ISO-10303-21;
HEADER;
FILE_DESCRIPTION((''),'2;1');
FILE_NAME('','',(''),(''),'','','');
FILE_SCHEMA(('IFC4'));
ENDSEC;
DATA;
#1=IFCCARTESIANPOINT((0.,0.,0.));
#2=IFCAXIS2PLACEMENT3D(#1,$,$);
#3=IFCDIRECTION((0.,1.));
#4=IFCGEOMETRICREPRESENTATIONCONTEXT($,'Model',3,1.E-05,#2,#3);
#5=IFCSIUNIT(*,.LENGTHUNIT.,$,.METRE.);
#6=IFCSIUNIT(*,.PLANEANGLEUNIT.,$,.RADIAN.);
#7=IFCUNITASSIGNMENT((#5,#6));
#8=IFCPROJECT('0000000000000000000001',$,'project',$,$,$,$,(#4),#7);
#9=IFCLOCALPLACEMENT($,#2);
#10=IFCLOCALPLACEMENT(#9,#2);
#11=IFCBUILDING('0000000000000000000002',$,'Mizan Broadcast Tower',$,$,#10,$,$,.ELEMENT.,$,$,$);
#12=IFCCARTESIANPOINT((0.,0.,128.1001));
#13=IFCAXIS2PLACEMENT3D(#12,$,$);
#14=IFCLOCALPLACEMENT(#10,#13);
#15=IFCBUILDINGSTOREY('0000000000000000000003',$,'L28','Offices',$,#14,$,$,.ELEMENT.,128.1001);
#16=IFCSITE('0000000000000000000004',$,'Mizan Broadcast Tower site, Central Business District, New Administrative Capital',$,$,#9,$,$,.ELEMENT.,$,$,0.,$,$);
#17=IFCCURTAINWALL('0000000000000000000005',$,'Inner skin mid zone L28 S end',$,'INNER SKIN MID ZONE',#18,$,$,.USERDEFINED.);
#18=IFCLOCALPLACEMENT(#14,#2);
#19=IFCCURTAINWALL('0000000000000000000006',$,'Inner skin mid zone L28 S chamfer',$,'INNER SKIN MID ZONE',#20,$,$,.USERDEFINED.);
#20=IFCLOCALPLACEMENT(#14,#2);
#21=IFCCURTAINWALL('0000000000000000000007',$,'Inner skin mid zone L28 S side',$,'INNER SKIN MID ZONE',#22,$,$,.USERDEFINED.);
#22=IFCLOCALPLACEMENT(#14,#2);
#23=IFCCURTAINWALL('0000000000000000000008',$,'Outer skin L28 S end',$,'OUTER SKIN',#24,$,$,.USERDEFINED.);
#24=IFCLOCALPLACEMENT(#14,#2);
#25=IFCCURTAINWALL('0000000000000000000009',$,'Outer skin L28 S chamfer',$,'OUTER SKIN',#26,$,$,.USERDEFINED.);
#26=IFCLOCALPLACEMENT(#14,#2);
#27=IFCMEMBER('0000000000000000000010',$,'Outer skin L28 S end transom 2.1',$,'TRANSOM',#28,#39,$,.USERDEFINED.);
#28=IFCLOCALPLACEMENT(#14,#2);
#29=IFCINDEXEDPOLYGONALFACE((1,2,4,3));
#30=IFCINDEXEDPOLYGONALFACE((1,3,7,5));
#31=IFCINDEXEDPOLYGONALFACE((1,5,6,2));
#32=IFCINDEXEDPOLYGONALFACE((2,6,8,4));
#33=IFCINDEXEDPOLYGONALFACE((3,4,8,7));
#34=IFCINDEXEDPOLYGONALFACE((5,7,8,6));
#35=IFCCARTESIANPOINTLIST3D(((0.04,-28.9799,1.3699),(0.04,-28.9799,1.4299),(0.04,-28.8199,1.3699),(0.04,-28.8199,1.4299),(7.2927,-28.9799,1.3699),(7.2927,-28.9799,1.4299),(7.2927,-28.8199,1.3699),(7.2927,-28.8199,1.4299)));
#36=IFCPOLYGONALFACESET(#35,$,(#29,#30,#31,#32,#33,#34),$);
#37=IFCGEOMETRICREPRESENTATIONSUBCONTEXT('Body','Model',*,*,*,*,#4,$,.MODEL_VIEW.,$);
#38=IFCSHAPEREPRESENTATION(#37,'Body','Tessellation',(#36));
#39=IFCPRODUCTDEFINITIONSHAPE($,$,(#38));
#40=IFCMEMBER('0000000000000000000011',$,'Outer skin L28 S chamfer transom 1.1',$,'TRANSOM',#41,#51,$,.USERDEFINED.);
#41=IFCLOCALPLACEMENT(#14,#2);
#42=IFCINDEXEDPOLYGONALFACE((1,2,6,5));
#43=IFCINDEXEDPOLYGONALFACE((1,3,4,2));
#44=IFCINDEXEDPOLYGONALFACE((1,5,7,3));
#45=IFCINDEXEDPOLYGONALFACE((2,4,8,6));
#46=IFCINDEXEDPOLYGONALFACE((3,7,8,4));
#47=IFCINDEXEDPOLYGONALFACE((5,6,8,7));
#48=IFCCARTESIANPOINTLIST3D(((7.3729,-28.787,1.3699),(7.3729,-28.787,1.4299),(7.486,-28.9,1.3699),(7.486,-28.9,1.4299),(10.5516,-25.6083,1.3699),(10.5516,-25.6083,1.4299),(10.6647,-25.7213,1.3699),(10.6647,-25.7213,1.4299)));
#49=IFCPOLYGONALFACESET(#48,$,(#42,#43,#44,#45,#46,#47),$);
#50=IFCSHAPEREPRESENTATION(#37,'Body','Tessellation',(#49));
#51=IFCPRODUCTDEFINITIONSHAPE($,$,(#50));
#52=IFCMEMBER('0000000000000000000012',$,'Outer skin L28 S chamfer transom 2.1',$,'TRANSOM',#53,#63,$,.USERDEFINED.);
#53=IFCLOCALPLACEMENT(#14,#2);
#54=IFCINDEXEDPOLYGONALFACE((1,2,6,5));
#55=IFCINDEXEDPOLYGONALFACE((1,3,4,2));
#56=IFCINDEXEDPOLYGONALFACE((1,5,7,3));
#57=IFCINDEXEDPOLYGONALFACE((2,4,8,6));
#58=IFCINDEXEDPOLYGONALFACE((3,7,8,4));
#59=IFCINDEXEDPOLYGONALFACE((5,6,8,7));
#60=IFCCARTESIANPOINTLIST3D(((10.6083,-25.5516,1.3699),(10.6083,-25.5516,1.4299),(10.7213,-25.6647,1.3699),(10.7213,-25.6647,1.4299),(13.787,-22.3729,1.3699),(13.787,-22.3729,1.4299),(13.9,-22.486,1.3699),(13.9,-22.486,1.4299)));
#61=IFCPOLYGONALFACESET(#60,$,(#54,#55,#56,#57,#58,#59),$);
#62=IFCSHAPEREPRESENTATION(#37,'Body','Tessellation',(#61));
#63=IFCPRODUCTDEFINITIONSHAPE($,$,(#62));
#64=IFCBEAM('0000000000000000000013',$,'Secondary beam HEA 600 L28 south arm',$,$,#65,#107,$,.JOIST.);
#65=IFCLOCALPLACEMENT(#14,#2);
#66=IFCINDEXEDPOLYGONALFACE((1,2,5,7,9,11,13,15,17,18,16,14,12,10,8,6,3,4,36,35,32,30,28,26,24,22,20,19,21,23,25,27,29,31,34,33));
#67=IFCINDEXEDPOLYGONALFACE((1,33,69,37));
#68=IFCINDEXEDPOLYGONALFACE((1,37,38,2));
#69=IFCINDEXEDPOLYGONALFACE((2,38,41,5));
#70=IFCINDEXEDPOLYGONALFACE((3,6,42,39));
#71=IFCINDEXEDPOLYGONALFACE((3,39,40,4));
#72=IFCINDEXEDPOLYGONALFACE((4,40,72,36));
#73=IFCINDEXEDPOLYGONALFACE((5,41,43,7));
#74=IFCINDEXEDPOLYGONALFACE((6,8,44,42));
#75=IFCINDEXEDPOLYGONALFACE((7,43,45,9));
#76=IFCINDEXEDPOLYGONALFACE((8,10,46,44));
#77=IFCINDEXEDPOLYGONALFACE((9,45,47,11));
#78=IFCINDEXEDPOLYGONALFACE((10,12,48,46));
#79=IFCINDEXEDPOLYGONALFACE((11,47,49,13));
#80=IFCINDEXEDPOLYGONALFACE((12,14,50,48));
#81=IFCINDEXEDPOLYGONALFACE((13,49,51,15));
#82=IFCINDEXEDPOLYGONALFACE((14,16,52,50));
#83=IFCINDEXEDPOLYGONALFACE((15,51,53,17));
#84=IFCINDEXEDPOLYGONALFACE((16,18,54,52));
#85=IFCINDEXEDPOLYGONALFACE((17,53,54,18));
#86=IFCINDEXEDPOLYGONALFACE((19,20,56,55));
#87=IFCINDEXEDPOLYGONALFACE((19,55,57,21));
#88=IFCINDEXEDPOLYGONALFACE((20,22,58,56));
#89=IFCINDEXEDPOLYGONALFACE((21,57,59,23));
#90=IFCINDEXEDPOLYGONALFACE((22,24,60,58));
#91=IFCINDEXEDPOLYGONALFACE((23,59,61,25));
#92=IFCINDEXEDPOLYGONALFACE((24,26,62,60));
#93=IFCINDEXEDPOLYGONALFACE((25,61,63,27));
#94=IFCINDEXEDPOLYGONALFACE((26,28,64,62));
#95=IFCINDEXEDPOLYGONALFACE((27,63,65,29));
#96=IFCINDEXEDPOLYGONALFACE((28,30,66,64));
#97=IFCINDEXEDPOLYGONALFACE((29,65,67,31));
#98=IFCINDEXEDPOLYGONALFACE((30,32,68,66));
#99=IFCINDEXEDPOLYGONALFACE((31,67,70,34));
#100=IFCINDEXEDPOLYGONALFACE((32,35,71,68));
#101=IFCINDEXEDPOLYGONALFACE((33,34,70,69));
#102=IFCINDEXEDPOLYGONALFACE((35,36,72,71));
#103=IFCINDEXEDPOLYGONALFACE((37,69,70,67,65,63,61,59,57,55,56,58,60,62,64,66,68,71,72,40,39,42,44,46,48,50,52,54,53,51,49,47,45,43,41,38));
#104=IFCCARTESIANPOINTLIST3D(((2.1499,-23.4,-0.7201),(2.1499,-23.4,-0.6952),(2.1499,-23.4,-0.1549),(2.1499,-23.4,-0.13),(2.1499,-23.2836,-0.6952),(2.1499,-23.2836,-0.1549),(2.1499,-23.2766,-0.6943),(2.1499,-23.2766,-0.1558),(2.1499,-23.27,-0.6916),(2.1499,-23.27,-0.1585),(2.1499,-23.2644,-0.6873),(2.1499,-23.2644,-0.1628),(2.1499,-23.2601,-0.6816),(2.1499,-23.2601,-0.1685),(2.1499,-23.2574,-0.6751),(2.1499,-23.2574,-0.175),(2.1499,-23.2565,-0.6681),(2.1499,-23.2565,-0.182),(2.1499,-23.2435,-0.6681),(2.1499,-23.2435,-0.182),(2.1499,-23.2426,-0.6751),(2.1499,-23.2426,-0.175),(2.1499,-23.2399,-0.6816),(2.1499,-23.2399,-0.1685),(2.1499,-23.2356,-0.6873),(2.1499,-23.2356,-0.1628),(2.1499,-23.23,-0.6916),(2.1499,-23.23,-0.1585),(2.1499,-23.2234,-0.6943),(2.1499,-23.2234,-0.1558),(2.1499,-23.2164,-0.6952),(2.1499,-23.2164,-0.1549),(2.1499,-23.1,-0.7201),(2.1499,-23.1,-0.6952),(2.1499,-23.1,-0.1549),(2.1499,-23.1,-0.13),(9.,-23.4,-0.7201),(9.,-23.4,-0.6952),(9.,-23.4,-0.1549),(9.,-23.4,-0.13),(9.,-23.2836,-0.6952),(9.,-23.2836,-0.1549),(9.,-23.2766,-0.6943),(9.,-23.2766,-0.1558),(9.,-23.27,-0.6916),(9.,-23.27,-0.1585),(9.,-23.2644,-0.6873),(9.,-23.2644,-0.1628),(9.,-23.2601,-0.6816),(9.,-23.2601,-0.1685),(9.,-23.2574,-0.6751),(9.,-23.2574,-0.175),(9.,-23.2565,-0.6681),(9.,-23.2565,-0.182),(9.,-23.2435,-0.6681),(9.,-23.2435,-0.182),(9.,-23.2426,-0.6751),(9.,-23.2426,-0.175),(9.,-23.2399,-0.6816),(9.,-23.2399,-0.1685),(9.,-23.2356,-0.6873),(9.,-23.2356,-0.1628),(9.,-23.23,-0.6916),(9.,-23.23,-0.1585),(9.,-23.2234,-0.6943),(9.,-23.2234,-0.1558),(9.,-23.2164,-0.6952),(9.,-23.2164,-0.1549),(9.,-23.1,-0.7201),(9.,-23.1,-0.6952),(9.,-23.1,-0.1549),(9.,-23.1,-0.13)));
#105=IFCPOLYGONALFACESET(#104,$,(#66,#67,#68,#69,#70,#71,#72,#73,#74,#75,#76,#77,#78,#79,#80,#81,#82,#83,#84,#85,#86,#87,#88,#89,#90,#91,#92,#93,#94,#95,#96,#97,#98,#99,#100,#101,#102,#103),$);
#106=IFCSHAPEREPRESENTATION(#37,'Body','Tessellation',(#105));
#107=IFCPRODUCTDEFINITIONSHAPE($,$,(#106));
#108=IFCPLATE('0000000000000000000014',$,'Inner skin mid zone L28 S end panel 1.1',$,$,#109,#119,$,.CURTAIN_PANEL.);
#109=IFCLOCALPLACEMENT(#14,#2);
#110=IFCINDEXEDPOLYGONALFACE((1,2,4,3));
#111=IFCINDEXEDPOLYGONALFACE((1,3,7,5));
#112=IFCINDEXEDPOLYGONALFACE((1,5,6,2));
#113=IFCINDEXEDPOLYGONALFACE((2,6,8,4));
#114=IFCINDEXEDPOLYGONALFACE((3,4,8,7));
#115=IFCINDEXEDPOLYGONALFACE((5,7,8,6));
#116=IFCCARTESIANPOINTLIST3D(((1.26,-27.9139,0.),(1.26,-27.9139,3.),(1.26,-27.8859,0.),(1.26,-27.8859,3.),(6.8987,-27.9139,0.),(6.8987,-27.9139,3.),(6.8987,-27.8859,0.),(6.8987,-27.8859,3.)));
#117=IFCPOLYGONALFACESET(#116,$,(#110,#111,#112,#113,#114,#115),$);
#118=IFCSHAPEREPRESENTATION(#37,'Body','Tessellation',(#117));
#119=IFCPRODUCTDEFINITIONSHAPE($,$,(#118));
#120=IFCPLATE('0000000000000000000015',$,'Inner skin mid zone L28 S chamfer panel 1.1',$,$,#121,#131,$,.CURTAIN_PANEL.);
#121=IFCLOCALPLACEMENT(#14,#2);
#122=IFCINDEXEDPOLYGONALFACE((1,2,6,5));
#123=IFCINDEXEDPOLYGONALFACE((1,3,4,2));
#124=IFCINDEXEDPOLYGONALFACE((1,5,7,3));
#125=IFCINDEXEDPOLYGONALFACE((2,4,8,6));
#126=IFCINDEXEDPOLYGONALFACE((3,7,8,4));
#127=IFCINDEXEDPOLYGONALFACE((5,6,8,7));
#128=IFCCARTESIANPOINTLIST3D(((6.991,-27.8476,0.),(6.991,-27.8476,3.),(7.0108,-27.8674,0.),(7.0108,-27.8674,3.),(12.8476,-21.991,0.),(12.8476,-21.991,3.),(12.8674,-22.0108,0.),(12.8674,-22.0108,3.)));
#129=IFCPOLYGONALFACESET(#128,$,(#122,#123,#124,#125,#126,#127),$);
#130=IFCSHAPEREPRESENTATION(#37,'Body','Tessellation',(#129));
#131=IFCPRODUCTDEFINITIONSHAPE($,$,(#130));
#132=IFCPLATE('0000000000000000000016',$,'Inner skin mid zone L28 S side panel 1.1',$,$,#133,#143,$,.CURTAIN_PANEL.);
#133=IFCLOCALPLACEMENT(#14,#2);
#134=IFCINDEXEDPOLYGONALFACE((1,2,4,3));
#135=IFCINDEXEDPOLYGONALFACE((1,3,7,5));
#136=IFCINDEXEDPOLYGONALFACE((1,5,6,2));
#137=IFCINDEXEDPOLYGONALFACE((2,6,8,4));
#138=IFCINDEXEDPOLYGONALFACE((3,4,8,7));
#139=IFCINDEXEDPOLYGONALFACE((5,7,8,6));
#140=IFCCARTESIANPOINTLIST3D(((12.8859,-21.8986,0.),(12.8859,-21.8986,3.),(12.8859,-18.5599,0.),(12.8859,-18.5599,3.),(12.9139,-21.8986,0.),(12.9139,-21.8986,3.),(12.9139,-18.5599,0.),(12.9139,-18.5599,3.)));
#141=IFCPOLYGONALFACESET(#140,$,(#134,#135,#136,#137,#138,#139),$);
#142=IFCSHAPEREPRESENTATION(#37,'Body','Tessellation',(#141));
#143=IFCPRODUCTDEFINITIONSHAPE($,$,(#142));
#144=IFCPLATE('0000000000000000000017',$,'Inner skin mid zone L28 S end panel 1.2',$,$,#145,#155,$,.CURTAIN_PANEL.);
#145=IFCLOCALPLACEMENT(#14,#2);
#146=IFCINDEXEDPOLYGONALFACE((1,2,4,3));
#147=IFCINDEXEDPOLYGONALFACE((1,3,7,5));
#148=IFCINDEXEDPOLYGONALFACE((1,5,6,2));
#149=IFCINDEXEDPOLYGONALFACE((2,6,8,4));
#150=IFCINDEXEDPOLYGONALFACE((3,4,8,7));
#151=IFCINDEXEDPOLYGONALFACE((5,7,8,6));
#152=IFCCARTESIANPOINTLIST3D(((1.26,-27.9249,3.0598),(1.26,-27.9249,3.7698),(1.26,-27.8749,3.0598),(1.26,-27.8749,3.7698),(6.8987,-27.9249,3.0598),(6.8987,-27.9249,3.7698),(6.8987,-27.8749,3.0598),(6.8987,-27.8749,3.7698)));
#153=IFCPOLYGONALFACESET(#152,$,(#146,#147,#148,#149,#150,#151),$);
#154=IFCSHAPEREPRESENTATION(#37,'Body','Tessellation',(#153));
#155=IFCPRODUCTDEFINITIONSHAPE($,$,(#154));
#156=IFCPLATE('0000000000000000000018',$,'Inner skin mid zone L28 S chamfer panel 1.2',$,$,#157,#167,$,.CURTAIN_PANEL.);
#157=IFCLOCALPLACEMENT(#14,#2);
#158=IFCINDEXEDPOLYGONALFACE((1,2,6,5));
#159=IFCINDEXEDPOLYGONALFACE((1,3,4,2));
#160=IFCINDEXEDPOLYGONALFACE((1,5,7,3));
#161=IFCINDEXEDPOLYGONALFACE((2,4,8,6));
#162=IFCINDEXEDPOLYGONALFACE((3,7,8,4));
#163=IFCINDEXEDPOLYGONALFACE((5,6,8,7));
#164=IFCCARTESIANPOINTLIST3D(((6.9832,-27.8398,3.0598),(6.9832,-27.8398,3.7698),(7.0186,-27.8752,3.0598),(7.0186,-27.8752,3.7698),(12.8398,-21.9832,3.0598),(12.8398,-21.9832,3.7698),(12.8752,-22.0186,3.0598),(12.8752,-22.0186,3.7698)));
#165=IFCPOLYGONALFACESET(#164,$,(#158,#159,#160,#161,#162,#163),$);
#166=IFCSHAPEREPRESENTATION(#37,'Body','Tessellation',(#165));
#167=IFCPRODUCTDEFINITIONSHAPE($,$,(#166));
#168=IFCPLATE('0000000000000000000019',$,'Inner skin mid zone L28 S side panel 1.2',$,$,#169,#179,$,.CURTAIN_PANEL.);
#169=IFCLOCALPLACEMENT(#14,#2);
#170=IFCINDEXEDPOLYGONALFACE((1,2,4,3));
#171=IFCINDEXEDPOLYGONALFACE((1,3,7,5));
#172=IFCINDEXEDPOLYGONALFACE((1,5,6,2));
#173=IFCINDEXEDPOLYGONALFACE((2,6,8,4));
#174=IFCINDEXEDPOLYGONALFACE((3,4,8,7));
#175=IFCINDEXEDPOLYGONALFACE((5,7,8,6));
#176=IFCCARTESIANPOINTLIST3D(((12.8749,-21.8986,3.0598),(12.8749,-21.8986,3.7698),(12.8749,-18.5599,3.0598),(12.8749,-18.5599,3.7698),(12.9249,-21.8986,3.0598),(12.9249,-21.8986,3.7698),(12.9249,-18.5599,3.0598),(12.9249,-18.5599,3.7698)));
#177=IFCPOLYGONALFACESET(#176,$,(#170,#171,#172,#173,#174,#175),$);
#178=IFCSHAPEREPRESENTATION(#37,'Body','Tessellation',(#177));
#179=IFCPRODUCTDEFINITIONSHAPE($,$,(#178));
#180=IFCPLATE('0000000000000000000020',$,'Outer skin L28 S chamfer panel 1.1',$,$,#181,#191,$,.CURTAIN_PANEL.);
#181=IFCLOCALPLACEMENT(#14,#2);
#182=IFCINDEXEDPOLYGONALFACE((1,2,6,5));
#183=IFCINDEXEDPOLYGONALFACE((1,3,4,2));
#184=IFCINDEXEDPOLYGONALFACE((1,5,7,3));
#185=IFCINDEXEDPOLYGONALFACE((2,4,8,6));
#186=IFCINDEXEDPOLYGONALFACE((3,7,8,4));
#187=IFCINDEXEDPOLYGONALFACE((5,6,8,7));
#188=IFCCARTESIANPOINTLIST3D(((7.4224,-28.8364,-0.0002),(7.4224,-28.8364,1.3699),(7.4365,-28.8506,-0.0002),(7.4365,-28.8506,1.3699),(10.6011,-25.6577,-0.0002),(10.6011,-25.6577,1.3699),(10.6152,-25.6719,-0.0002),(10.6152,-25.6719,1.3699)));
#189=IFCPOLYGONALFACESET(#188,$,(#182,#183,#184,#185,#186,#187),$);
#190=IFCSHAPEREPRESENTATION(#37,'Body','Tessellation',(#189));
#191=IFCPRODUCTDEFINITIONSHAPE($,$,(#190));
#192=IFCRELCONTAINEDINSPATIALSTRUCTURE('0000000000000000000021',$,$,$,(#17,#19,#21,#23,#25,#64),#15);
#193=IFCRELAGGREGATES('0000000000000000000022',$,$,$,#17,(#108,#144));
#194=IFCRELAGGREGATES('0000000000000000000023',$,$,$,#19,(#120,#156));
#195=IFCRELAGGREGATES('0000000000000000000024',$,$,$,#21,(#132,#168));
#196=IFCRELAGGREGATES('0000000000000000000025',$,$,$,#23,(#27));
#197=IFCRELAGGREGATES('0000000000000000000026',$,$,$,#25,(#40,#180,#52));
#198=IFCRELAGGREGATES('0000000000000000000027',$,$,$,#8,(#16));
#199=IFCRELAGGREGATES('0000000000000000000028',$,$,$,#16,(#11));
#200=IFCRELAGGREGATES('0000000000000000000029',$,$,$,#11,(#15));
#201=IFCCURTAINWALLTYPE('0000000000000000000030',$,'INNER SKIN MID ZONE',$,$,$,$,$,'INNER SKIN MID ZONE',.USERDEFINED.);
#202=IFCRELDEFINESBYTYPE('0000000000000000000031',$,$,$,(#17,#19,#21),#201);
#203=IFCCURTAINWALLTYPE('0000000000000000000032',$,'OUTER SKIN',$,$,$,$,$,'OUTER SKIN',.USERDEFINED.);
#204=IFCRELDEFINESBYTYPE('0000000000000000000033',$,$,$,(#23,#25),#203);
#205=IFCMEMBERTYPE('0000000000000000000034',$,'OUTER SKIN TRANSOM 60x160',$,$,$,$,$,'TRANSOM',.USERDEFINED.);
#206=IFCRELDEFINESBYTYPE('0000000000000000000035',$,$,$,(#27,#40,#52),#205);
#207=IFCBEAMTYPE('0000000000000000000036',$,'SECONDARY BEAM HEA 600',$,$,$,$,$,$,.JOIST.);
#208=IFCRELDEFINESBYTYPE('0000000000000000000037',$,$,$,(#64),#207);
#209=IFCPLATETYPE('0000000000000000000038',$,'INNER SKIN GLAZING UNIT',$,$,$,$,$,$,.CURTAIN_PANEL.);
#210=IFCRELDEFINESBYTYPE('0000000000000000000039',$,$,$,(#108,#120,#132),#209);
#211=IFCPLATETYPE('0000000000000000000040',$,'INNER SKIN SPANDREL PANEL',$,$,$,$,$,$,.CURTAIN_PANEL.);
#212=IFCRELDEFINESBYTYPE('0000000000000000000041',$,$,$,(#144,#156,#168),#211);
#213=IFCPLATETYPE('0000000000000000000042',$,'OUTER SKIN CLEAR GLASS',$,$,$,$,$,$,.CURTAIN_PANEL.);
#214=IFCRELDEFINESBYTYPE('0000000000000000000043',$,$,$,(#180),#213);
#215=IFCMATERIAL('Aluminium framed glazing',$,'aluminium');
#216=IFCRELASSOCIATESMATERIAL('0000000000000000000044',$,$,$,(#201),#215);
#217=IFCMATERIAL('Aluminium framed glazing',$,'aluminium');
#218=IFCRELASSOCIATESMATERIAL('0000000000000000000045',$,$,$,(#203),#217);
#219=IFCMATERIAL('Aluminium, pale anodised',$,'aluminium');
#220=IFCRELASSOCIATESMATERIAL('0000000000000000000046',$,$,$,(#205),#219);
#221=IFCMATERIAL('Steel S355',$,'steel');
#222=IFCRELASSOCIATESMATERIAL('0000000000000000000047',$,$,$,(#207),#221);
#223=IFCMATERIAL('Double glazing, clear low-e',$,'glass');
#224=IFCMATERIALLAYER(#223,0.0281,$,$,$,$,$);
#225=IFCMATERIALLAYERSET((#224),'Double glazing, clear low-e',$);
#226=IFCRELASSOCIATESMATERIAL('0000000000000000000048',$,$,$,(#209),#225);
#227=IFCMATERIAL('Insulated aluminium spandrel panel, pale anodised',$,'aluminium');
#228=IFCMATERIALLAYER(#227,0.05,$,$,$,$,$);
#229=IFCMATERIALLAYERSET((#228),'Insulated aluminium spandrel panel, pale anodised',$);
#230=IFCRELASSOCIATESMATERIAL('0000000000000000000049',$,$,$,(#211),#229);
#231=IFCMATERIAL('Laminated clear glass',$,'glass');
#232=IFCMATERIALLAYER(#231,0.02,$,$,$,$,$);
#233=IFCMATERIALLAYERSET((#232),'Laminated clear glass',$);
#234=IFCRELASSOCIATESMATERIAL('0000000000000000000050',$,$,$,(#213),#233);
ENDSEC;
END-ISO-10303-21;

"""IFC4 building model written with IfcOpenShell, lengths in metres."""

from ifc_helpers import new_model, si_unit, direction, frame, origin, origin_2d, place, context, subcontext, project, spatial, rectangle, i_section, extrude, material, layer, layer_set, material_profile, profile_set, type_object, element, aggregate, save


model = new_model("IFC4")

# Units and contexts
model_context = context("Model", 3, precision=1e-05, world=origin(), true_north=direction((0.0, 1.0)))
body_context = subcontext(model_context, "Body", "Model", "MODEL_VIEW")
ifc_project = project(units=[si_unit("LENGTHUNIT", "METRE"), si_unit("PLANEANGLEUNIT", "RADIAN")], contexts=[model_context])

# Site, building, storey
site_placement = place(None, origin())
site = spatial("IfcSite", under=ifc_project, at=site_placement, Name="Mizan Broadcast Tower site, Central Business District, New Administrative Capital", CompositionType="ELEMENT", RefElevation=0.0)
building_placement = place(site_placement, origin())
building = spatial("IfcBuilding", under=site, at=building_placement, Name="Mizan Broadcast Tower", CompositionType="ELEMENT")
storey_placement = place(building_placement, frame((0.0, 0.0, 128.1001)))
storey = spatial("IfcBuildingStorey", under=building, at=storey_placement, Name="L28", Description="Offices", CompositionType="ELEMENT", Elevation=128.1001)

# Curtain wall
ifc_material_1 = material(Name="Aluminium framed glazing", Category="aluminium")
curtain_wall_type_1 = type_object("IfcCurtainWallType", Name="INNER SKIN MID ZONE", ElementType="INNER SKIN MID ZONE", PredefinedType="USERDEFINED", material=ifc_material_1)
curtain_wall_1_placement = place(storey_placement, origin())
curtain_wall_1 = element("IfcCurtainWall", 1, at=curtain_wall_1_placement, inside=storey, type_object=curtain_wall_type_1, Name="Inner skin mid zone L28 S end", ObjectType="INNER SKIN MID ZONE", PredefinedType="USERDEFINED")

# Curtain wall
curtain_wall_2_placement = place(storey_placement, origin())
curtain_wall_2 = element("IfcCurtainWall", 2, at=curtain_wall_2_placement, inside=storey, type_object=curtain_wall_type_1, Name="Inner skin mid zone L28 S chamfer", ObjectType="INNER SKIN MID ZONE", PredefinedType="USERDEFINED")

# Curtain wall
curtain_wall_3_placement = place(storey_placement, origin())
curtain_wall_3 = element("IfcCurtainWall", 3, at=curtain_wall_3_placement, inside=storey, type_object=curtain_wall_type_1, Name="Inner skin mid zone L28 S side", ObjectType="INNER SKIN MID ZONE", PredefinedType="USERDEFINED")

# Curtain wall
ifc_material_2 = material(Name="Aluminium framed glazing", Category="aluminium")
curtain_wall_type_2 = type_object("IfcCurtainWallType", Name="OUTER SKIN", ElementType="OUTER SKIN", PredefinedType="USERDEFINED", material=ifc_material_2)
curtain_wall_4_placement = place(storey_placement, origin())
curtain_wall_4 = element("IfcCurtainWall", 4, at=curtain_wall_4_placement, inside=storey, type_object=curtain_wall_type_2, Name="Outer skin L28 S end", ObjectType="OUTER SKIN", PredefinedType="USERDEFINED")

# Curtain wall
curtain_wall_5_placement = place(storey_placement, origin())
curtain_wall_5 = element("IfcCurtainWall", 5, at=curtain_wall_5_placement, inside=storey, type_object=curtain_wall_type_2, Name="Outer skin L28 S chamfer", ObjectType="OUTER SKIN", PredefinedType="USERDEFINED")

# Members
ifc_material_3 = material(Name="Aluminium, pale anodised", Category="aluminium")
ifc_material_profile_1 = material_profile(ifc_material_3, rectangle(XDim=0.1599, YDim=0.0601, at=origin_2d()), Name="TRANSOM 160x60")
ifc_profile_set_1 = profile_set([ifc_material_profile_1], Name="Aluminium, pale anodised")
member_type_1 = type_object("IfcMemberType", Name="OUTER SKIN TRANSOM 60x160", ElementType="TRANSOM", PredefinedType="USERDEFINED", material=ifc_profile_set_1)
member_1_placement = place(storey_placement, frame((0.04, -28.8999, 1.3999), z_axis=(1.0, 0.0, 0.0), x_axis=(0.0, 1.0, 0.0)))
member_1 = element("IfcMember", 6, at=member_1_placement, type_object=member_type_1, Name="Outer skin L28 S end transom 2.1", ObjectType="TRANSOM", PredefinedType="USERDEFINED", context=body_context, shape_type="SweptSolid", body=[
    extrude(rectangle(XDim=0.1599, YDim=0.0601, at=origin_2d()), origin(), (0.0, 0.0, 1.0), 7.2527),
])
member_2_placement = place(storey_placement, frame((7.4294, -28.8435, 1.3999), z_axis=(0.707107, 0.707107, 0.0), x_axis=(-0.707107, 0.707107, 0.0)))
member_2 = element("IfcMember", 7, at=member_2_placement, type_object=member_type_1, Name="Outer skin L28 S chamfer transom 1.1", ObjectType="TRANSOM", PredefinedType="USERDEFINED", context=body_context, shape_type="SweptSolid", body=[
    extrude(rectangle(XDim=0.1599, YDim=0.0601, at=origin_2d()), origin(), (0.0, 0.0, 1.0), 4.4954),
])
member_3_placement = place(storey_placement, frame((10.6648, -25.6082, 1.3999), z_axis=(0.707107, 0.707107, 0.0), x_axis=(-0.707107, 0.707107, 0.0)))
member_3 = element("IfcMember", 8, at=member_3_placement, type_object=member_type_1, Name="Outer skin L28 S chamfer transom 2.1", ObjectType="TRANSOM", PredefinedType="USERDEFINED", context=body_context, shape_type="SweptSolid", body=[
    extrude(rectangle(XDim=0.1599, YDim=0.0601, at=origin_2d()), origin(), (0.0, 0.0, 1.0), 4.4954),
])

# Beam
ifc_material_4 = material(Name="Steel S355", Category="steel")
ifc_material_profile_2 = material_profile(ifc_material_4, i_section(OverallWidth=0.3, OverallDepth=0.5901, WebThickness=0.0129, FlangeThickness=0.0249, FilletRadius=0.0271, at=origin_2d()), Name="HEA 600")
ifc_profile_set_2 = profile_set([ifc_material_profile_2], Name="Steel S355")
beam_type_1 = type_object("IfcBeamType", Name="SECONDARY BEAM HEA 600", PredefinedType="JOIST", material=ifc_profile_set_2)
beam_1_placement = place(storey_placement, frame((9.0, -23.25, -0.425), z_axis=(-1.0, 0.0, 0.0), x_axis=(0.0, -1.0, 0.0)))
element("IfcBeam", 9, at=beam_1_placement, inside=storey, type_object=beam_type_1, Name="Secondary beam HEA 600 L28 south arm", PredefinedType="JOIST", context=body_context, shape_type="SweptSolid", body=[
    extrude(i_section(OverallWidth=0.3, OverallDepth=0.5901, WebThickness=0.0129, FlangeThickness=0.0249, FilletRadius=0.0271, at=origin_2d()), origin(), (0.0, 0.0, 1.0), 6.8501),
])

# Plates
ifc_material_5 = material(Name="Double glazing, clear low-e", Category="glass")
ifc_layer_1 = layer(ifc_material_5, 0.0281)
ifc_layer_set_1 = layer_set([ifc_layer_1], Name="Double glazing, clear low-e")
plate_type_1 = type_object("IfcPlateType", Name="INNER SKIN GLAZING UNIT", PredefinedType="CURTAIN_PANEL", material=ifc_layer_set_1)
plate_1_placement = place(storey_placement, frame((4.0793, -27.8999, 0.0), z_axis=(0.0, 0.0, 1.0), x_axis=(1.0, 0.0, 0.0)))
plate_1 = element("IfcPlate", 10, at=plate_1_placement, type_object=plate_type_1, Name="Inner skin mid zone L28 S end panel 1.1", PredefinedType="CURTAIN_PANEL", context=body_context, shape_type="SweptSolid", body=[
    extrude(rectangle(XDim=5.6387, YDim=0.0281, at=origin_2d()), origin(), (0.0, 0.0, 1.0), 3.0),
])
plate_2_placement = place(storey_placement, frame((9.9292, -24.9292, 0.0), z_axis=(0.0, 0.0, 1.0), x_axis=(0.707107, 0.707107, 0.0)))
plate_2 = element("IfcPlate", 11, at=plate_2_placement, type_object=plate_type_1, Name="Inner skin mid zone L28 S chamfer panel 1.1", PredefinedType="CURTAIN_PANEL", context=body_context, shape_type="SweptSolid", body=[
    extrude(rectangle(XDim=8.2825, YDim=0.0281, at=origin_2d()), origin(), (0.0, 0.0, 1.0), 3.0),
])
plate_3_placement = place(storey_placement, frame((12.8999, -20.2292, 0.0), z_axis=(0.0, 0.0, 1.0), x_axis=(0.0, 1.0, 0.0)))
plate_3 = element("IfcPlate", 12, at=plate_3_placement, type_object=plate_type_1, Name="Inner skin mid zone L28 S side panel 1.1", PredefinedType="CURTAIN_PANEL", context=body_context, shape_type="SweptSolid", body=[
    extrude(rectangle(XDim=3.3386, YDim=0.0281, at=origin_2d()), origin(), (0.0, 0.0, 1.0), 3.0),
])
ifc_material_6 = material(Name="Insulated aluminium spandrel panel, pale anodised", Category="aluminium")
ifc_layer_2 = layer(ifc_material_6, 0.05)
ifc_layer_set_2 = layer_set([ifc_layer_2], Name="Insulated aluminium spandrel panel, pale anodised")
plate_type_2 = type_object("IfcPlateType", Name="INNER SKIN SPANDREL PANEL", PredefinedType="CURTAIN_PANEL", material=ifc_layer_set_2)
plate_4_placement = place(storey_placement, frame((4.0793, -27.8999, 3.0598), z_axis=(0.0, 0.0, 1.0), x_axis=(1.0, 0.0, 0.0)))
plate_4 = element("IfcPlate", 13, at=plate_4_placement, type_object=plate_type_2, Name="Inner skin mid zone L28 S end panel 1.2", PredefinedType="CURTAIN_PANEL", context=body_context, shape_type="SweptSolid", body=[
    extrude(rectangle(XDim=5.6387, YDim=0.05, at=origin_2d()), origin(), (0.0, 0.0, 1.0), 0.71),
])
aggregate(curtain_wall_1, [plate_1, plate_4])
plate_5_placement = place(storey_placement, frame((9.9292, -24.9292, 3.0598), z_axis=(0.0, 0.0, 1.0), x_axis=(0.707107, 0.707107, 0.0)))
plate_5 = element("IfcPlate", 14, at=plate_5_placement, type_object=plate_type_2, Name="Inner skin mid zone L28 S chamfer panel 1.2", PredefinedType="CURTAIN_PANEL", context=body_context, shape_type="SweptSolid", body=[
    extrude(rectangle(XDim=8.2825, YDim=0.05, at=origin_2d()), origin(), (0.0, 0.0, 1.0), 0.71),
])
aggregate(curtain_wall_2, [plate_2, plate_5])
plate_6_placement = place(storey_placement, frame((12.8999, -20.2292, 3.0598), z_axis=(0.0, 0.0, 1.0), x_axis=(0.0, 1.0, 0.0)))
plate_6 = element("IfcPlate", 15, at=plate_6_placement, type_object=plate_type_2, Name="Inner skin mid zone L28 S side panel 1.2", PredefinedType="CURTAIN_PANEL", context=body_context, shape_type="SweptSolid", body=[
    extrude(rectangle(XDim=3.3386, YDim=0.05, at=origin_2d()), origin(), (0.0, 0.0, 1.0), 0.71),
])
aggregate(curtain_wall_3, [plate_3, plate_6])
ifc_material_7 = material(Name="Laminated clear glass", Category="glass")
ifc_layer_3 = layer(ifc_material_7, 0.02)
ifc_layer_set_3 = layer_set([ifc_layer_3], Name="Laminated clear glass")
plate_type_3 = type_object("IfcPlateType", Name="OUTER SKIN CLEAR GLASS", PredefinedType="CURTAIN_PANEL", material=ifc_layer_set_3)
plate_7_placement = place(storey_placement, frame((9.0188, -27.2542, -0.0002), z_axis=(0.0, 0.0, 1.0), x_axis=(0.707107, 0.707107, 0.0)))
plate_7 = element("IfcPlate", 16, at=plate_7_placement, type_object=plate_type_3, Name="Outer skin L28 S chamfer panel 1.1", PredefinedType="CURTAIN_PANEL", context=body_context, shape_type="SweptSolid", body=[
    extrude(rectangle(XDim=4.4954, YDim=0.02, at=origin_2d()), origin(), (0.0, 0.0, 1.0), 1.3701),
])
aggregate(curtain_wall_4, [member_1])
aggregate(curtain_wall_5, [member_2, plate_7, member_3])

save(model, "model.ifc")
